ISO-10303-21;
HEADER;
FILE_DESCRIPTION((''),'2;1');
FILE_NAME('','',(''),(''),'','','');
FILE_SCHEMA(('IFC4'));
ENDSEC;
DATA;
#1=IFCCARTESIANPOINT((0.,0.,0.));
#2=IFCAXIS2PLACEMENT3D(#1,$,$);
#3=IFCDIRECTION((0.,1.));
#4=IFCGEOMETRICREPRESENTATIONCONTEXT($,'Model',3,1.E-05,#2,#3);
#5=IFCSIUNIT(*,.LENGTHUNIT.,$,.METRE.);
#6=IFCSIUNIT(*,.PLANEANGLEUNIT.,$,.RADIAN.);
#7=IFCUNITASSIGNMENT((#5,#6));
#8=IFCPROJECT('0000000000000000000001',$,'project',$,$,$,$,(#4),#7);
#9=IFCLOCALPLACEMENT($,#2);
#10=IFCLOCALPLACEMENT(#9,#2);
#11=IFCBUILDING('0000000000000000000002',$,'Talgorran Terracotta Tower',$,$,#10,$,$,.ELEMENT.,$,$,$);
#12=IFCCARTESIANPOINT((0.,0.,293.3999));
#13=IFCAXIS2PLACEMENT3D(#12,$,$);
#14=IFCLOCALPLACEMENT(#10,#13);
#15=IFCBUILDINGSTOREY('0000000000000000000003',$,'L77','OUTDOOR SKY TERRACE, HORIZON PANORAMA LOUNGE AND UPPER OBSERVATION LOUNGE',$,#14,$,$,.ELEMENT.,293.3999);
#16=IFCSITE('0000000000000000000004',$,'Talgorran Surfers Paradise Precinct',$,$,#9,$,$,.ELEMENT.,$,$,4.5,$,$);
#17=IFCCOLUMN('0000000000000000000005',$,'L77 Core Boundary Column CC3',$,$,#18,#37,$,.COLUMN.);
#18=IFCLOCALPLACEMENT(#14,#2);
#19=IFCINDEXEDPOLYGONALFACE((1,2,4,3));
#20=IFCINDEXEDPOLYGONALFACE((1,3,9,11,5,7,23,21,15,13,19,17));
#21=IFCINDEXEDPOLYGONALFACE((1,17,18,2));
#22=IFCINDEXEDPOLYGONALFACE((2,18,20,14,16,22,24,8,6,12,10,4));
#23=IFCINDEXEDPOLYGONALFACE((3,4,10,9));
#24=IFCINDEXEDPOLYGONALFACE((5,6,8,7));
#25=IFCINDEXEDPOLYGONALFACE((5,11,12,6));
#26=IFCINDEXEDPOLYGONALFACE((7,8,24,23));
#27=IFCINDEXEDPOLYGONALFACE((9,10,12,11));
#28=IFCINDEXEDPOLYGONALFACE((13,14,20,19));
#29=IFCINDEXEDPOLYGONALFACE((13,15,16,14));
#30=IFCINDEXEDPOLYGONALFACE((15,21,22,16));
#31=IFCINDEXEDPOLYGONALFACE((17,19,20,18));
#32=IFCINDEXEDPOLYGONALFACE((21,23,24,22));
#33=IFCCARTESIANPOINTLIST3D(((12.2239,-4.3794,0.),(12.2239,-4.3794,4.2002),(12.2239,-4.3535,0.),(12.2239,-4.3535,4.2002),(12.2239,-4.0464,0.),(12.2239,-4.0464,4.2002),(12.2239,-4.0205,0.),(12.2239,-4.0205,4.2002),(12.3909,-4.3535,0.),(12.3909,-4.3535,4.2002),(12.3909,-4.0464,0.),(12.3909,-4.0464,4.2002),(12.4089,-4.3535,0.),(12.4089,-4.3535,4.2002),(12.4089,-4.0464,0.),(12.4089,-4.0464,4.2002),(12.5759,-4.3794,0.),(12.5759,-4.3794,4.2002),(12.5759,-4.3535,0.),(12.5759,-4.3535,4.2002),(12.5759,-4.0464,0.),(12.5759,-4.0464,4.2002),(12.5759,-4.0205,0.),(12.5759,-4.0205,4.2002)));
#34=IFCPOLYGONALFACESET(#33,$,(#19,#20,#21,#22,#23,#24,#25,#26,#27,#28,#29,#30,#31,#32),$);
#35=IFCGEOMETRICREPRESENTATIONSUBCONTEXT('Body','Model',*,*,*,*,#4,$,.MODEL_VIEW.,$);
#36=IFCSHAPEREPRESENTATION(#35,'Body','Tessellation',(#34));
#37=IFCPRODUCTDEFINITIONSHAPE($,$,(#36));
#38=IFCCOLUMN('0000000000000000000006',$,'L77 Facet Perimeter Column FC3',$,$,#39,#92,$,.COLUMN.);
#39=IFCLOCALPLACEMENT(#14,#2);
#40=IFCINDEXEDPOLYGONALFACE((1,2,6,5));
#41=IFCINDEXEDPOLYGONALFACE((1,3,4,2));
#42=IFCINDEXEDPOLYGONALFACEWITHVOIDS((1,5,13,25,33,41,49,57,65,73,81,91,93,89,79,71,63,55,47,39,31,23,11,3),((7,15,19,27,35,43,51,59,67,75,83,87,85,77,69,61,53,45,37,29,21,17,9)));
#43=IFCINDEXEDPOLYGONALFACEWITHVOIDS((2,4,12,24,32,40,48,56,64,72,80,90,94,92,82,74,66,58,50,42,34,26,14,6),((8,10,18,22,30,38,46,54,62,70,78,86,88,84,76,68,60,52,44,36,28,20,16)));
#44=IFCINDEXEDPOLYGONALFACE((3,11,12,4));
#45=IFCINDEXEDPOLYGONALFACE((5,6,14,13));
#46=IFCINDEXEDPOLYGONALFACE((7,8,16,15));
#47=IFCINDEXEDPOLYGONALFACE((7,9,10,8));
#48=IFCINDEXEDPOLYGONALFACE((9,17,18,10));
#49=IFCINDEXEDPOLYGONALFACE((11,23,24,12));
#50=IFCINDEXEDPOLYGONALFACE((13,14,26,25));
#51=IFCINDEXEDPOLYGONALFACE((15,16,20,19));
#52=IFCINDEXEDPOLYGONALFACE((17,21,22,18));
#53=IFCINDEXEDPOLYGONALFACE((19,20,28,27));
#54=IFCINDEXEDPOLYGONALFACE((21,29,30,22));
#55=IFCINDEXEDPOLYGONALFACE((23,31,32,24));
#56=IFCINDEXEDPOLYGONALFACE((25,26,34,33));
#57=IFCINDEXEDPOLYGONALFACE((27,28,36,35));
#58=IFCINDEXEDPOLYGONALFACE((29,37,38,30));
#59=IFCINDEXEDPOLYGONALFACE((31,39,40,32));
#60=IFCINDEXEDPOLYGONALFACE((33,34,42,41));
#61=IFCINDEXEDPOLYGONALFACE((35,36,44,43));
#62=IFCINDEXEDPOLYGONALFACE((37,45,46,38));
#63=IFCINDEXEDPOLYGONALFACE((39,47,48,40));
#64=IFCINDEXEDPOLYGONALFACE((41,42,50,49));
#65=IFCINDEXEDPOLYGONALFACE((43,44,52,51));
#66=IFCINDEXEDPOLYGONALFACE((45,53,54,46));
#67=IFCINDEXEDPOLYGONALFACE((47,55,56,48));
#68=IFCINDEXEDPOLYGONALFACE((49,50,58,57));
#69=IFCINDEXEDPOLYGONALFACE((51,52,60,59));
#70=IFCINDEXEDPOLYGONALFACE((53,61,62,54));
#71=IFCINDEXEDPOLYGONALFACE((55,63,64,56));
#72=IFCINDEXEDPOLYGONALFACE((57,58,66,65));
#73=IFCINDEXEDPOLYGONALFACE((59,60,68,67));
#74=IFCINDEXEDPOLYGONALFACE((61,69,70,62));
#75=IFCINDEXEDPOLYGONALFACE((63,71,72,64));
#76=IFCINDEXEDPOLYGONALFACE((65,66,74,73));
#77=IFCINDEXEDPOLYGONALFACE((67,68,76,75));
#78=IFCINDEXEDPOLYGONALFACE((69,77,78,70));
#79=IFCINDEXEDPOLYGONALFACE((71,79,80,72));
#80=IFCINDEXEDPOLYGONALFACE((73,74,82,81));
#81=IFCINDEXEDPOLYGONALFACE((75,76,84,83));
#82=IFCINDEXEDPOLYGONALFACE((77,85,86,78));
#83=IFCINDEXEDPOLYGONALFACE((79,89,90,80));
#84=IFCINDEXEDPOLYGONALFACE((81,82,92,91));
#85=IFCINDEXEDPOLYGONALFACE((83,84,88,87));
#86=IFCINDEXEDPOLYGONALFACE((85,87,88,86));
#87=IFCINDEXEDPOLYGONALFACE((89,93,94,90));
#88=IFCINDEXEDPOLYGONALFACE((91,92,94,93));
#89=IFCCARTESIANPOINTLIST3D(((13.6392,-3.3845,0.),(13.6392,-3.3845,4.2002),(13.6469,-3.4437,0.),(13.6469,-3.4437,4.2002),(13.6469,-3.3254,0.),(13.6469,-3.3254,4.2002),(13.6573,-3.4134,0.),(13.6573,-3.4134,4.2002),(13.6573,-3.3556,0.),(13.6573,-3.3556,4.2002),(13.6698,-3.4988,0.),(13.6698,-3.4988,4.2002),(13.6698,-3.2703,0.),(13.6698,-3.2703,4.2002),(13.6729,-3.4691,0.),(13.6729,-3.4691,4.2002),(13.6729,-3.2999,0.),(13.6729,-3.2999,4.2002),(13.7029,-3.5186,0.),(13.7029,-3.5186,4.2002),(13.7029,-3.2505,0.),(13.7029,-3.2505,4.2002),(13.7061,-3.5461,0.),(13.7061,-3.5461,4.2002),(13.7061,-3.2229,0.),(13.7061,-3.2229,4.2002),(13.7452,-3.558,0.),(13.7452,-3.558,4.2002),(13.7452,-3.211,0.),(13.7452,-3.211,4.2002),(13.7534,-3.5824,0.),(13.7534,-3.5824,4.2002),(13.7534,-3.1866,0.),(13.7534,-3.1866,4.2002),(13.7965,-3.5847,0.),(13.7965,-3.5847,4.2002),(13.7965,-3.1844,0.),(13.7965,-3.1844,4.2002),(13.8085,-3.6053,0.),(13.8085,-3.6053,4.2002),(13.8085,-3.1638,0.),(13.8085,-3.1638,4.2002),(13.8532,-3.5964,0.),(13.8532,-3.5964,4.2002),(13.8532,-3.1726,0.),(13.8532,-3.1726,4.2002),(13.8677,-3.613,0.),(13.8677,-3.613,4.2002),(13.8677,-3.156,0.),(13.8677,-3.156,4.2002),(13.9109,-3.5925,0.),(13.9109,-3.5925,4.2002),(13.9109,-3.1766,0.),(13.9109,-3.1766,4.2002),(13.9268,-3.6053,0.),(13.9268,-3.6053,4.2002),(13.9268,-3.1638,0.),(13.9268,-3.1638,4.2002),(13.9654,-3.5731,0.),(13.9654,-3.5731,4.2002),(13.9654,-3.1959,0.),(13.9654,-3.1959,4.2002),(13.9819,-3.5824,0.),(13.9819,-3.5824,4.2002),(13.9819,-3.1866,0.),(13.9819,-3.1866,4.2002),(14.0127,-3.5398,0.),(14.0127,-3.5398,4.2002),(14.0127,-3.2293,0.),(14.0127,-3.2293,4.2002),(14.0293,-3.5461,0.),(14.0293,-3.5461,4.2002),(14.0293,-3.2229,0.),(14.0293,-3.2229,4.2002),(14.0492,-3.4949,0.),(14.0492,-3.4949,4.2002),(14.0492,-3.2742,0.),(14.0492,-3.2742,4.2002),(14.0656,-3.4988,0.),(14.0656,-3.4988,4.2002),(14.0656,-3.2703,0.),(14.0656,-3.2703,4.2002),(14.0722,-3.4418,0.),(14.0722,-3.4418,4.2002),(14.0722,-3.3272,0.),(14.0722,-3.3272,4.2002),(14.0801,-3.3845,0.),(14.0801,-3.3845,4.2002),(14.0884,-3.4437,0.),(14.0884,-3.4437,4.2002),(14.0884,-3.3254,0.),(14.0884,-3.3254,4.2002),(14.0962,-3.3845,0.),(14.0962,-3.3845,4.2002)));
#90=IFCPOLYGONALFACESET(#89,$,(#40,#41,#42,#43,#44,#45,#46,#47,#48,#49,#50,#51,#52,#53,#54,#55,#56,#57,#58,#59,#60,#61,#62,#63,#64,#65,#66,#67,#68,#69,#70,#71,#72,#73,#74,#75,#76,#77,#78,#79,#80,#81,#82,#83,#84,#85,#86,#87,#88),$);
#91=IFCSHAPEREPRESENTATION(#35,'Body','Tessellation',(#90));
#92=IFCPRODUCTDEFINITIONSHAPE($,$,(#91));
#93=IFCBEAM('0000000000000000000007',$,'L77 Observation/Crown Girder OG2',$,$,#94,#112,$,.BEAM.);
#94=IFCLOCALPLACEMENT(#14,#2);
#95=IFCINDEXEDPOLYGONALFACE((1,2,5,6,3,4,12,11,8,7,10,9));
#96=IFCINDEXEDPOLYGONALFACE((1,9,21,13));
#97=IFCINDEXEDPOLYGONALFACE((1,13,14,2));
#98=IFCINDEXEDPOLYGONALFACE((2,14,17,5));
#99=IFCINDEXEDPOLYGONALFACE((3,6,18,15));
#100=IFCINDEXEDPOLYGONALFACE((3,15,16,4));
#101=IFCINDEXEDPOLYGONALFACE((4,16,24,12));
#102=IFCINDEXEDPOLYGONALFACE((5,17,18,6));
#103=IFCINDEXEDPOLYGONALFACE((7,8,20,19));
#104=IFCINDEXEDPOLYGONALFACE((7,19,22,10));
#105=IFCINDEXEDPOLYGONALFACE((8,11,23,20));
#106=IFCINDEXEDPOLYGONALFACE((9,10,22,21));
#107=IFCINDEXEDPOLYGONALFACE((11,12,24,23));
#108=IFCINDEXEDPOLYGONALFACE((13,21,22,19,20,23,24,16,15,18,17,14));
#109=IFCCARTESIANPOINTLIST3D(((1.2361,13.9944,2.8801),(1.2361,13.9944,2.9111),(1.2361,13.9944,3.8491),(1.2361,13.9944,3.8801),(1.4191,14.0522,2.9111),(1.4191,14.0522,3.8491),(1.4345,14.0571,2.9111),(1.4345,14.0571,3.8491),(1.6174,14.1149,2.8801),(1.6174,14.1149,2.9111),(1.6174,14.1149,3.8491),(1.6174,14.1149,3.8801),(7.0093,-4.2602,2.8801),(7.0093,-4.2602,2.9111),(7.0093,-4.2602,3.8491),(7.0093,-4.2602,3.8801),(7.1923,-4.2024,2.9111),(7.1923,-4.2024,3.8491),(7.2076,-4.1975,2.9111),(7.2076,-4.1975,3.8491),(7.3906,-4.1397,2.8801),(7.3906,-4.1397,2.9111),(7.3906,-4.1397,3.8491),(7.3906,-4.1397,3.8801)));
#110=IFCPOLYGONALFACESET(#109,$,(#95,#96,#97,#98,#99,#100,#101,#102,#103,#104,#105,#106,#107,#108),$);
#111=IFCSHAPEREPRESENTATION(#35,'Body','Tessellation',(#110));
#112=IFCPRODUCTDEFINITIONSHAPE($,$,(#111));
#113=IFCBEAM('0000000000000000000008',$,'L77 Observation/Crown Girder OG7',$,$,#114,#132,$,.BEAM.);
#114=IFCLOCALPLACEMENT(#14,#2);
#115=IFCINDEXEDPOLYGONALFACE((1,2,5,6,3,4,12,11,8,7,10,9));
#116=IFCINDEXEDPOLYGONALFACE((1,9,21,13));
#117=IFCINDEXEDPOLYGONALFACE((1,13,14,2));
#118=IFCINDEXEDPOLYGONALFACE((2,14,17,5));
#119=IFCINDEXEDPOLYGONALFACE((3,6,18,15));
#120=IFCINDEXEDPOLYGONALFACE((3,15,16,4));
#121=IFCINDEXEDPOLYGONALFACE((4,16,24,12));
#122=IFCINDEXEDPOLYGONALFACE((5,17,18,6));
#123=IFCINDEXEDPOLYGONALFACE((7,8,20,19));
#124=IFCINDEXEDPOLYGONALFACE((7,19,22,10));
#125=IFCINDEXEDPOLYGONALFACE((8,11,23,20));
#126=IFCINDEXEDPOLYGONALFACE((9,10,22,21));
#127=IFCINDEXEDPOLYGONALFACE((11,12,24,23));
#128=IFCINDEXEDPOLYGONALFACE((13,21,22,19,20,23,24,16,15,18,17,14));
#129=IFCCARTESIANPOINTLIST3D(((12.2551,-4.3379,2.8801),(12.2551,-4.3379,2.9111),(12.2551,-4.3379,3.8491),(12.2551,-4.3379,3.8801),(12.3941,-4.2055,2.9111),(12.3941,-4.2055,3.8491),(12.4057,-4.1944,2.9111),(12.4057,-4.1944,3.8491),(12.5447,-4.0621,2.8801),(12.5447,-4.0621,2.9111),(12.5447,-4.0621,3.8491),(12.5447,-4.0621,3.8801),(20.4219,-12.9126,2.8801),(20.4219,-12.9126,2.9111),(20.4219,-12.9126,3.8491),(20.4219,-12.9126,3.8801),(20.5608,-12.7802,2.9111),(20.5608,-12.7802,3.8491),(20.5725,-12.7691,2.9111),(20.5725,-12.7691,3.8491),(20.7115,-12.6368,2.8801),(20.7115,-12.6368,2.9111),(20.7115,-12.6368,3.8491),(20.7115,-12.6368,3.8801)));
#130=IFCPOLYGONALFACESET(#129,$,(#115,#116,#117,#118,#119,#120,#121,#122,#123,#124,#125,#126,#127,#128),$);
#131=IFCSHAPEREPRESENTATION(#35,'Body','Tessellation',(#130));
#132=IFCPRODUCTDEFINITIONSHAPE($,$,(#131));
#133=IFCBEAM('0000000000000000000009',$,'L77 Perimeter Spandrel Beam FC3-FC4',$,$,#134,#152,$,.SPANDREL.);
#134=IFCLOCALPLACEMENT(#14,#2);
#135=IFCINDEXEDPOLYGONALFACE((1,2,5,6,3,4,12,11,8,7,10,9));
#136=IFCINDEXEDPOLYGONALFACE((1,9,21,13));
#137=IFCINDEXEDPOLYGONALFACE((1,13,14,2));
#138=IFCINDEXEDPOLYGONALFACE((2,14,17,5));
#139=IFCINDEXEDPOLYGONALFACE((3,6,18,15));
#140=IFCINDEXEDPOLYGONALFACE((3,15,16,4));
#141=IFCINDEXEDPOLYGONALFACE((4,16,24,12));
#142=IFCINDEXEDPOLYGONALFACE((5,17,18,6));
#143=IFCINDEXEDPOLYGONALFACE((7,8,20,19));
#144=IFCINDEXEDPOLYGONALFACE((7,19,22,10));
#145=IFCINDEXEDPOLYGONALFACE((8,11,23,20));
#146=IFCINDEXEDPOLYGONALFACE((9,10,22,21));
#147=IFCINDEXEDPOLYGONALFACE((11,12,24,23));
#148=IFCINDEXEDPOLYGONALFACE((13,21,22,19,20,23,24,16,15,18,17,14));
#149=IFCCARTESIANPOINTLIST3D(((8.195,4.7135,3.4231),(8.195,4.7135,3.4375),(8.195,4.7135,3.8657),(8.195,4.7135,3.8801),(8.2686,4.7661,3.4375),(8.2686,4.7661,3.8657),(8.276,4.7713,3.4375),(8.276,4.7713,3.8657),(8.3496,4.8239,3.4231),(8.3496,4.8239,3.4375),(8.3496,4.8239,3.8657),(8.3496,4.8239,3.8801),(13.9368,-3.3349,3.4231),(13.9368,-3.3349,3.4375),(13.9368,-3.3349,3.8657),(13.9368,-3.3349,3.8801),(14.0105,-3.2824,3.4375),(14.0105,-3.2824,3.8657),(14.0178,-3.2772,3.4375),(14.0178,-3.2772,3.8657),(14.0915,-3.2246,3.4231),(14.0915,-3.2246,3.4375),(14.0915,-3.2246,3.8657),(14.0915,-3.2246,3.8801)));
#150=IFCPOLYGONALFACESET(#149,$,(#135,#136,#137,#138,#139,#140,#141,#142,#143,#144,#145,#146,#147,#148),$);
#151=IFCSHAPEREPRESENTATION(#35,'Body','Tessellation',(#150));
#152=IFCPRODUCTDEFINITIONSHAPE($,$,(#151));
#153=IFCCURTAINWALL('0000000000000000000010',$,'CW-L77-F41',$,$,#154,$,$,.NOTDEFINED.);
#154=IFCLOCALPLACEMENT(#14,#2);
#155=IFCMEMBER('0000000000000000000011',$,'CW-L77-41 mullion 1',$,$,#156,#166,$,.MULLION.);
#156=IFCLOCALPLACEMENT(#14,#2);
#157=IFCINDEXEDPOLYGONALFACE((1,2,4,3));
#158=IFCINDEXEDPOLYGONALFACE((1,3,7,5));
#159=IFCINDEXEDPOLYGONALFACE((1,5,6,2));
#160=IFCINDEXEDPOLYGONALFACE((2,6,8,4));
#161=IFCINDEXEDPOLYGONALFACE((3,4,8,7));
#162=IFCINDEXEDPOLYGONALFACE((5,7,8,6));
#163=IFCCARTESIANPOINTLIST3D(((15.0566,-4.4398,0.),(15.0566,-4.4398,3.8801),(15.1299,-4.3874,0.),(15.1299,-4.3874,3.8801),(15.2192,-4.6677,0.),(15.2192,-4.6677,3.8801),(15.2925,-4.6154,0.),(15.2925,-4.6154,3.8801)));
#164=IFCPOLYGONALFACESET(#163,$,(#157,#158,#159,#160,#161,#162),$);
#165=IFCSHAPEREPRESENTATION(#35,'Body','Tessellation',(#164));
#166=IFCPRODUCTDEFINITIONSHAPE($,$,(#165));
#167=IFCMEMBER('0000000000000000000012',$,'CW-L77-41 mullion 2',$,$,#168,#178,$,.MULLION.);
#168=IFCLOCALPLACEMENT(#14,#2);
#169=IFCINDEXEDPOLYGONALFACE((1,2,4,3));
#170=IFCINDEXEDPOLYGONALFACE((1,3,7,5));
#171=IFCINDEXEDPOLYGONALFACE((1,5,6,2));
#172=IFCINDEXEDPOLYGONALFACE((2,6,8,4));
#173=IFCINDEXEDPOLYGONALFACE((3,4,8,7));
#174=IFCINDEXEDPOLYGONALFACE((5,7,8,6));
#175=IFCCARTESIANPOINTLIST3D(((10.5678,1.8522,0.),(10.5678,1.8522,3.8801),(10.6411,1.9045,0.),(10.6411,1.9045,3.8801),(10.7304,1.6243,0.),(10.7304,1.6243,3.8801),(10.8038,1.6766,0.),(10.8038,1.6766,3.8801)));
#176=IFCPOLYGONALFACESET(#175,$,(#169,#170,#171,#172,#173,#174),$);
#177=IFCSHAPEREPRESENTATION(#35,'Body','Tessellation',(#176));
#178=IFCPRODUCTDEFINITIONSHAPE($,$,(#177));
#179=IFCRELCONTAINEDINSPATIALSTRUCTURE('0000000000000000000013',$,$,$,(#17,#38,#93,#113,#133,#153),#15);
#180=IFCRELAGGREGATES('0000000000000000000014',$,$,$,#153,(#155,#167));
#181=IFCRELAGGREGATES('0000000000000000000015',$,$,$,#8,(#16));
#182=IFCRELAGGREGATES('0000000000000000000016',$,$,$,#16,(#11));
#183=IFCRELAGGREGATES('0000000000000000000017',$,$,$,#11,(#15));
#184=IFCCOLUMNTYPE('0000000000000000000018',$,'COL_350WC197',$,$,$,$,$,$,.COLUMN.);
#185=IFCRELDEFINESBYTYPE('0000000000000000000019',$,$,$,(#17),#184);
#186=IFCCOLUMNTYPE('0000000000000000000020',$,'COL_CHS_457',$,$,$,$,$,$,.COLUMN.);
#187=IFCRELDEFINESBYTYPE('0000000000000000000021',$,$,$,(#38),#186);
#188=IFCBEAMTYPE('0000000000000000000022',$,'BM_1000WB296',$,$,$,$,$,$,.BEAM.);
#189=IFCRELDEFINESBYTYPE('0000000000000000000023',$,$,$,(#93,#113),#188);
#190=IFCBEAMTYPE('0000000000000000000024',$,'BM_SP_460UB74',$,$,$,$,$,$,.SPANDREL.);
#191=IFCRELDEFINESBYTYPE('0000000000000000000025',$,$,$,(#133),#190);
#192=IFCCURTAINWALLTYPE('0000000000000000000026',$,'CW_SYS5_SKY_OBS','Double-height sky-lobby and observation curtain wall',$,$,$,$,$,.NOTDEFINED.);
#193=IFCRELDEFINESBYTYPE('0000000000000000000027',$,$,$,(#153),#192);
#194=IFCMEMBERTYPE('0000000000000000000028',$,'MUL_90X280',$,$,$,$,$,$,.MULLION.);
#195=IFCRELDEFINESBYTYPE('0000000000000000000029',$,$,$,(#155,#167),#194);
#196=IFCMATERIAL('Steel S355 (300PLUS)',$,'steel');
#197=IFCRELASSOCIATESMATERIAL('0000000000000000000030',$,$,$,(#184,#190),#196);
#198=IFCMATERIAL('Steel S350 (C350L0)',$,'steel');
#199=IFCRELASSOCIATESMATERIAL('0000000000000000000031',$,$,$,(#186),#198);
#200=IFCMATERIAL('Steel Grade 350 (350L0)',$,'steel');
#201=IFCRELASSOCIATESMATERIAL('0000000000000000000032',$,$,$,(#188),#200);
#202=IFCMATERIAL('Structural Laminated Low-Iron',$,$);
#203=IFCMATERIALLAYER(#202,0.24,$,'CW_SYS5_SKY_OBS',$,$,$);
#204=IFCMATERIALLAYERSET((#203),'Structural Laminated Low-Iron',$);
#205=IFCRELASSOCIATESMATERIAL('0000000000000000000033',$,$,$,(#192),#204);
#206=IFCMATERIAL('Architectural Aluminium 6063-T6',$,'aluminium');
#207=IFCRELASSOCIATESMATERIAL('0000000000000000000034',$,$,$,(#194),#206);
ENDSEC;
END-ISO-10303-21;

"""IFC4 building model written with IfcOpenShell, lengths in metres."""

from ifc_helpers import new_model, si_unit, direction, frame, origin, origin_2d, place, context, subcontext, project, spatial, rectangle, hollow_circle, i_section, extrude, material, layer, layer_set, material_profile, profile_set, type_object, element, aggregate, save


model = new_model("IFC4")

# Units and contexts
model_context = context("Model", 3, precision=1e-05, world=origin(), true_north=direction((0.0, 1.0)))
body_context = subcontext(model_context, "Body", "Model", "MODEL_VIEW")
ifc_project = project(units=[si_unit("LENGTHUNIT", "METRE"), si_unit("PLANEANGLEUNIT", "RADIAN")], contexts=[model_context])

# Site, building, storey
site_placement = place(None, origin())
site = spatial("IfcSite", under=ifc_project, at=site_placement, Name="Talgorran Surfers Paradise Precinct", CompositionType="ELEMENT", RefElevation=4.5)
building_placement = place(site_placement, origin())
building = spatial("IfcBuilding", under=site, at=building_placement, Name="Talgorran Terracotta Tower", CompositionType="ELEMENT")
storey_placement = place(building_placement, frame((0.0, 0.0, 293.3999)))
storey = spatial("IfcBuildingStorey", under=building, at=storey_placement, Name="L77", Description="OUTDOOR SKY TERRACE, HORIZON PANORAMA LOUNGE AND UPPER OBSERVATION LOUNGE", CompositionType="ELEMENT", Elevation=293.3999)

# Columns
ifc_material_1 = material(Name="Steel S355 (300PLUS)", Category="steel")
ifc_material_profile_1 = material_profile(ifc_material_1, i_section(OverallWidth=0.3521, OverallDepth=0.3589, WebThickness=0.0181, FlangeThickness=0.0259, at=origin_2d()), Name="350WC197")
ifc_profile_set_1 = profile_set([ifc_material_profile_1], Name="Steel S355 (300PLUS)")
column_type_1 = type_object("IfcColumnType", Name="COL_350WC197", PredefinedType="COLUMN", material=ifc_profile_set_1)
column_1_placement = place(storey_placement, frame((12.3999, -4.2, 0.0), z_axis=(0.0, 0.0, 1.0), x_axis=(1.0, 0.0, 0.0)))
element("IfcColumn", 1, at=column_1_placement, inside=storey, type_object=column_type_1, Name="L77 Core Boundary Column CC3", PredefinedType="COLUMN", context=body_context, shape_type="SweptSolid", body=[
    extrude(i_section(OverallWidth=0.3521, OverallDepth=0.3589, WebThickness=0.0181, FlangeThickness=0.0259, at=origin_2d()), origin(), (0.0, 0.0, 1.0), 4.2002),
])
ifc_material_2 = material(Name="Steel S350 (C350L0)", Category="steel")
ifc_material_profile_2 = material_profile(ifc_material_2, hollow_circle(Radius=0.2285, WallThickness=0.0161, at=origin_2d()), Name="CHS457X16")
ifc_profile_set_2 = profile_set([ifc_material_profile_2], Name="Steel S350 (C350L0)")
column_type_2 = type_object("IfcColumnType", Name="COL_CHS_457", PredefinedType="COLUMN", material=ifc_profile_set_2)
column_2_placement = place(storey_placement, frame((13.8677, -3.3845, 0.0), z_axis=(0.0, 0.0, 1.0), x_axis=(1.0, 0.0, 0.0)))
element("IfcColumn", 2, at=column_2_placement, inside=storey, type_object=column_type_2, Name="L77 Facet Perimeter Column FC3", PredefinedType="COLUMN", context=body_context, shape_type="SweptSolid", body=[
    extrude(hollow_circle(Radius=0.2285, WallThickness=0.0161, at=origin_2d()), origin(), (0.0, 0.0, 1.0), 4.2002),
])

# Beams
ifc_material_3 = material(Name="Steel Grade 350 (350L0)", Category="steel")
ifc_material_profile_3 = material_profile(ifc_material_3, i_section(OverallWidth=0.3999, OverallDepth=1.0, WebThickness=0.0161, FlangeThickness=0.031, at=origin_2d()), Name="1000WB296")
ifc_profile_set_3 = profile_set([ifc_material_profile_3], Name="Steel Grade 350 (350L0)")
beam_type_1 = type_object("IfcBeamType", Name="BM_1000WB296", PredefinedType="BEAM", material=ifc_profile_set_3)
beam_1_placement = place(storey_placement, frame((7.2, -4.2, 3.3801), z_axis=(-0.301538, 0.953454, 0.0), x_axis=(-0.953454, -0.301538, 0.0)))
element("IfcBeam", 3, at=beam_1_placement, inside=storey, type_object=beam_type_1, Name="L77 Observation/Crown Girder OG2", PredefinedType="BEAM", context=body_context, shape_type="SweptSolid", body=[
    extrude(i_section(OverallWidth=0.3999, OverallDepth=1.0, WebThickness=0.0161, FlangeThickness=0.031, at=origin_2d()), origin(), (0.0, 0.0, 1.0), 19.1458),
])
beam_2_placement = place(storey_placement, frame((12.3999, -4.2, 3.3801), z_axis=(0.689671, -0.724123, 0.0), x_axis=(0.724123, 0.689671, 0.0)))
element("IfcBeam", 4, at=beam_2_placement, inside=storey, type_object=beam_type_1, Name="L77 Observation/Crown Girder OG7", PredefinedType="BEAM", context=body_context, shape_type="SweptSolid", body=[
    extrude(i_section(OverallWidth=0.3999, OverallDepth=1.0, WebThickness=0.0161, FlangeThickness=0.031, at=origin_2d()), origin(), (0.0, 0.0, 1.0), 11.8416),
])
ifc_material_profile_4 = material_profile(ifc_material_1, i_section(OverallWidth=0.1899, OverallDepth=0.457, WebThickness=0.009, FlangeThickness=0.0144, at=origin_2d()), Name="460UB74.6")
ifc_profile_set_4 = profile_set([ifc_material_profile_4], Name="Steel S355 (300PLUS)")
beam_type_2 = type_object("IfcBeamType", Name="BM_SP_460UB74", PredefinedType="SPANDREL", material=ifc_profile_set_4)
beam_3_placement = place(storey_placement, frame((14.0142, -3.2798, 3.6516), z_axis=(-0.580766, 0.81407, 0.0), x_axis=(-0.81407, -0.580766, 0.0)))
element("IfcBeam", 5, at=beam_3_placement, inside=storey, type_object=beam_type_2, Name="L77 Perimeter Spandrel Beam FC3-FC4", PredefinedType="SPANDREL", context=body_context, shape_type="SweptSolid", body=[
    extrude(i_section(OverallWidth=0.1899, OverallDepth=0.457, WebThickness=0.009, FlangeThickness=0.0144, at=origin_2d()), origin(), (0.0, 0.0, 1.0), 9.8867),
])

# Curtain wall, members
ifc_material_4 = material(Name="Structural Laminated Low-Iron")
ifc_layer_1 = layer(ifc_material_4, 0.24, Name="CW_SYS5_SKY_OBS")
ifc_layer_set_1 = layer_set([ifc_layer_1], Name="Structural Laminated Low-Iron")
curtain_wall_type = type_object("IfcCurtainWallType", Name="CW_SYS5_SKY_OBS", Description="Double-height sky-lobby and observation curtain wall", PredefinedType="NOTDEFINED", material=ifc_layer_set_1)
curtain_wall_placement = place(storey_placement, origin())
curtain_wall = element("IfcCurtainWall", 6, at=curtain_wall_placement, inside=storey, type_object=curtain_wall_type, Name="CW-L77-F41", PredefinedType="NOTDEFINED")
ifc_material_5 = material(Name="Architectural Aluminium 6063-T6", Category="aluminium")
ifc_material_profile_5 = material_profile(ifc_material_5, rectangle(XDim=0.0901, YDim=0.28, at=origin_2d()), Name="CWM90X280")
ifc_profile_set_5 = profile_set([ifc_material_profile_5], Name="Architectural Aluminium 6063-T6")
member_type_1 = type_object("IfcMemberType", Name="MUL_90X280", PredefinedType="MULLION", material=ifc_profile_set_5)
member_1_placement = place(storey_placement, frame((15.1746, -4.5276, 0.0), z_axis=(0.0, 0.0, 1.0), x_axis=(-0.814075, -0.58076, 0.0)))
member_1 = element("IfcMember", 7, at=member_1_placement, type_object=member_type_1, Name="CW-L77-41 mullion 1", PredefinedType="MULLION", context=body_context, shape_type="SweptSolid", body=[
    extrude(rectangle(XDim=0.0901, YDim=0.28, at=origin_2d()), origin(), (0.0, 0.0, 1.0), 3.8801),
])
member_2_placement = place(storey_placement, frame((10.6858, 1.7644, 0.0), z_axis=(0.0, 0.0, 1.0), x_axis=(-0.814075, -0.58076, 0.0)))
member_2 = element("IfcMember", 8, at=member_2_placement, type_object=member_type_1, Name="CW-L77-41 mullion 2", PredefinedType="MULLION", context=body_context, shape_type="SweptSolid", body=[
    extrude(rectangle(XDim=0.0901, YDim=0.28, at=origin_2d()), origin(), (0.0, 0.0, 1.0), 3.8801),
])
aggregate(curtain_wall, [member_1, member_2])

save(model, "model.ifc")
